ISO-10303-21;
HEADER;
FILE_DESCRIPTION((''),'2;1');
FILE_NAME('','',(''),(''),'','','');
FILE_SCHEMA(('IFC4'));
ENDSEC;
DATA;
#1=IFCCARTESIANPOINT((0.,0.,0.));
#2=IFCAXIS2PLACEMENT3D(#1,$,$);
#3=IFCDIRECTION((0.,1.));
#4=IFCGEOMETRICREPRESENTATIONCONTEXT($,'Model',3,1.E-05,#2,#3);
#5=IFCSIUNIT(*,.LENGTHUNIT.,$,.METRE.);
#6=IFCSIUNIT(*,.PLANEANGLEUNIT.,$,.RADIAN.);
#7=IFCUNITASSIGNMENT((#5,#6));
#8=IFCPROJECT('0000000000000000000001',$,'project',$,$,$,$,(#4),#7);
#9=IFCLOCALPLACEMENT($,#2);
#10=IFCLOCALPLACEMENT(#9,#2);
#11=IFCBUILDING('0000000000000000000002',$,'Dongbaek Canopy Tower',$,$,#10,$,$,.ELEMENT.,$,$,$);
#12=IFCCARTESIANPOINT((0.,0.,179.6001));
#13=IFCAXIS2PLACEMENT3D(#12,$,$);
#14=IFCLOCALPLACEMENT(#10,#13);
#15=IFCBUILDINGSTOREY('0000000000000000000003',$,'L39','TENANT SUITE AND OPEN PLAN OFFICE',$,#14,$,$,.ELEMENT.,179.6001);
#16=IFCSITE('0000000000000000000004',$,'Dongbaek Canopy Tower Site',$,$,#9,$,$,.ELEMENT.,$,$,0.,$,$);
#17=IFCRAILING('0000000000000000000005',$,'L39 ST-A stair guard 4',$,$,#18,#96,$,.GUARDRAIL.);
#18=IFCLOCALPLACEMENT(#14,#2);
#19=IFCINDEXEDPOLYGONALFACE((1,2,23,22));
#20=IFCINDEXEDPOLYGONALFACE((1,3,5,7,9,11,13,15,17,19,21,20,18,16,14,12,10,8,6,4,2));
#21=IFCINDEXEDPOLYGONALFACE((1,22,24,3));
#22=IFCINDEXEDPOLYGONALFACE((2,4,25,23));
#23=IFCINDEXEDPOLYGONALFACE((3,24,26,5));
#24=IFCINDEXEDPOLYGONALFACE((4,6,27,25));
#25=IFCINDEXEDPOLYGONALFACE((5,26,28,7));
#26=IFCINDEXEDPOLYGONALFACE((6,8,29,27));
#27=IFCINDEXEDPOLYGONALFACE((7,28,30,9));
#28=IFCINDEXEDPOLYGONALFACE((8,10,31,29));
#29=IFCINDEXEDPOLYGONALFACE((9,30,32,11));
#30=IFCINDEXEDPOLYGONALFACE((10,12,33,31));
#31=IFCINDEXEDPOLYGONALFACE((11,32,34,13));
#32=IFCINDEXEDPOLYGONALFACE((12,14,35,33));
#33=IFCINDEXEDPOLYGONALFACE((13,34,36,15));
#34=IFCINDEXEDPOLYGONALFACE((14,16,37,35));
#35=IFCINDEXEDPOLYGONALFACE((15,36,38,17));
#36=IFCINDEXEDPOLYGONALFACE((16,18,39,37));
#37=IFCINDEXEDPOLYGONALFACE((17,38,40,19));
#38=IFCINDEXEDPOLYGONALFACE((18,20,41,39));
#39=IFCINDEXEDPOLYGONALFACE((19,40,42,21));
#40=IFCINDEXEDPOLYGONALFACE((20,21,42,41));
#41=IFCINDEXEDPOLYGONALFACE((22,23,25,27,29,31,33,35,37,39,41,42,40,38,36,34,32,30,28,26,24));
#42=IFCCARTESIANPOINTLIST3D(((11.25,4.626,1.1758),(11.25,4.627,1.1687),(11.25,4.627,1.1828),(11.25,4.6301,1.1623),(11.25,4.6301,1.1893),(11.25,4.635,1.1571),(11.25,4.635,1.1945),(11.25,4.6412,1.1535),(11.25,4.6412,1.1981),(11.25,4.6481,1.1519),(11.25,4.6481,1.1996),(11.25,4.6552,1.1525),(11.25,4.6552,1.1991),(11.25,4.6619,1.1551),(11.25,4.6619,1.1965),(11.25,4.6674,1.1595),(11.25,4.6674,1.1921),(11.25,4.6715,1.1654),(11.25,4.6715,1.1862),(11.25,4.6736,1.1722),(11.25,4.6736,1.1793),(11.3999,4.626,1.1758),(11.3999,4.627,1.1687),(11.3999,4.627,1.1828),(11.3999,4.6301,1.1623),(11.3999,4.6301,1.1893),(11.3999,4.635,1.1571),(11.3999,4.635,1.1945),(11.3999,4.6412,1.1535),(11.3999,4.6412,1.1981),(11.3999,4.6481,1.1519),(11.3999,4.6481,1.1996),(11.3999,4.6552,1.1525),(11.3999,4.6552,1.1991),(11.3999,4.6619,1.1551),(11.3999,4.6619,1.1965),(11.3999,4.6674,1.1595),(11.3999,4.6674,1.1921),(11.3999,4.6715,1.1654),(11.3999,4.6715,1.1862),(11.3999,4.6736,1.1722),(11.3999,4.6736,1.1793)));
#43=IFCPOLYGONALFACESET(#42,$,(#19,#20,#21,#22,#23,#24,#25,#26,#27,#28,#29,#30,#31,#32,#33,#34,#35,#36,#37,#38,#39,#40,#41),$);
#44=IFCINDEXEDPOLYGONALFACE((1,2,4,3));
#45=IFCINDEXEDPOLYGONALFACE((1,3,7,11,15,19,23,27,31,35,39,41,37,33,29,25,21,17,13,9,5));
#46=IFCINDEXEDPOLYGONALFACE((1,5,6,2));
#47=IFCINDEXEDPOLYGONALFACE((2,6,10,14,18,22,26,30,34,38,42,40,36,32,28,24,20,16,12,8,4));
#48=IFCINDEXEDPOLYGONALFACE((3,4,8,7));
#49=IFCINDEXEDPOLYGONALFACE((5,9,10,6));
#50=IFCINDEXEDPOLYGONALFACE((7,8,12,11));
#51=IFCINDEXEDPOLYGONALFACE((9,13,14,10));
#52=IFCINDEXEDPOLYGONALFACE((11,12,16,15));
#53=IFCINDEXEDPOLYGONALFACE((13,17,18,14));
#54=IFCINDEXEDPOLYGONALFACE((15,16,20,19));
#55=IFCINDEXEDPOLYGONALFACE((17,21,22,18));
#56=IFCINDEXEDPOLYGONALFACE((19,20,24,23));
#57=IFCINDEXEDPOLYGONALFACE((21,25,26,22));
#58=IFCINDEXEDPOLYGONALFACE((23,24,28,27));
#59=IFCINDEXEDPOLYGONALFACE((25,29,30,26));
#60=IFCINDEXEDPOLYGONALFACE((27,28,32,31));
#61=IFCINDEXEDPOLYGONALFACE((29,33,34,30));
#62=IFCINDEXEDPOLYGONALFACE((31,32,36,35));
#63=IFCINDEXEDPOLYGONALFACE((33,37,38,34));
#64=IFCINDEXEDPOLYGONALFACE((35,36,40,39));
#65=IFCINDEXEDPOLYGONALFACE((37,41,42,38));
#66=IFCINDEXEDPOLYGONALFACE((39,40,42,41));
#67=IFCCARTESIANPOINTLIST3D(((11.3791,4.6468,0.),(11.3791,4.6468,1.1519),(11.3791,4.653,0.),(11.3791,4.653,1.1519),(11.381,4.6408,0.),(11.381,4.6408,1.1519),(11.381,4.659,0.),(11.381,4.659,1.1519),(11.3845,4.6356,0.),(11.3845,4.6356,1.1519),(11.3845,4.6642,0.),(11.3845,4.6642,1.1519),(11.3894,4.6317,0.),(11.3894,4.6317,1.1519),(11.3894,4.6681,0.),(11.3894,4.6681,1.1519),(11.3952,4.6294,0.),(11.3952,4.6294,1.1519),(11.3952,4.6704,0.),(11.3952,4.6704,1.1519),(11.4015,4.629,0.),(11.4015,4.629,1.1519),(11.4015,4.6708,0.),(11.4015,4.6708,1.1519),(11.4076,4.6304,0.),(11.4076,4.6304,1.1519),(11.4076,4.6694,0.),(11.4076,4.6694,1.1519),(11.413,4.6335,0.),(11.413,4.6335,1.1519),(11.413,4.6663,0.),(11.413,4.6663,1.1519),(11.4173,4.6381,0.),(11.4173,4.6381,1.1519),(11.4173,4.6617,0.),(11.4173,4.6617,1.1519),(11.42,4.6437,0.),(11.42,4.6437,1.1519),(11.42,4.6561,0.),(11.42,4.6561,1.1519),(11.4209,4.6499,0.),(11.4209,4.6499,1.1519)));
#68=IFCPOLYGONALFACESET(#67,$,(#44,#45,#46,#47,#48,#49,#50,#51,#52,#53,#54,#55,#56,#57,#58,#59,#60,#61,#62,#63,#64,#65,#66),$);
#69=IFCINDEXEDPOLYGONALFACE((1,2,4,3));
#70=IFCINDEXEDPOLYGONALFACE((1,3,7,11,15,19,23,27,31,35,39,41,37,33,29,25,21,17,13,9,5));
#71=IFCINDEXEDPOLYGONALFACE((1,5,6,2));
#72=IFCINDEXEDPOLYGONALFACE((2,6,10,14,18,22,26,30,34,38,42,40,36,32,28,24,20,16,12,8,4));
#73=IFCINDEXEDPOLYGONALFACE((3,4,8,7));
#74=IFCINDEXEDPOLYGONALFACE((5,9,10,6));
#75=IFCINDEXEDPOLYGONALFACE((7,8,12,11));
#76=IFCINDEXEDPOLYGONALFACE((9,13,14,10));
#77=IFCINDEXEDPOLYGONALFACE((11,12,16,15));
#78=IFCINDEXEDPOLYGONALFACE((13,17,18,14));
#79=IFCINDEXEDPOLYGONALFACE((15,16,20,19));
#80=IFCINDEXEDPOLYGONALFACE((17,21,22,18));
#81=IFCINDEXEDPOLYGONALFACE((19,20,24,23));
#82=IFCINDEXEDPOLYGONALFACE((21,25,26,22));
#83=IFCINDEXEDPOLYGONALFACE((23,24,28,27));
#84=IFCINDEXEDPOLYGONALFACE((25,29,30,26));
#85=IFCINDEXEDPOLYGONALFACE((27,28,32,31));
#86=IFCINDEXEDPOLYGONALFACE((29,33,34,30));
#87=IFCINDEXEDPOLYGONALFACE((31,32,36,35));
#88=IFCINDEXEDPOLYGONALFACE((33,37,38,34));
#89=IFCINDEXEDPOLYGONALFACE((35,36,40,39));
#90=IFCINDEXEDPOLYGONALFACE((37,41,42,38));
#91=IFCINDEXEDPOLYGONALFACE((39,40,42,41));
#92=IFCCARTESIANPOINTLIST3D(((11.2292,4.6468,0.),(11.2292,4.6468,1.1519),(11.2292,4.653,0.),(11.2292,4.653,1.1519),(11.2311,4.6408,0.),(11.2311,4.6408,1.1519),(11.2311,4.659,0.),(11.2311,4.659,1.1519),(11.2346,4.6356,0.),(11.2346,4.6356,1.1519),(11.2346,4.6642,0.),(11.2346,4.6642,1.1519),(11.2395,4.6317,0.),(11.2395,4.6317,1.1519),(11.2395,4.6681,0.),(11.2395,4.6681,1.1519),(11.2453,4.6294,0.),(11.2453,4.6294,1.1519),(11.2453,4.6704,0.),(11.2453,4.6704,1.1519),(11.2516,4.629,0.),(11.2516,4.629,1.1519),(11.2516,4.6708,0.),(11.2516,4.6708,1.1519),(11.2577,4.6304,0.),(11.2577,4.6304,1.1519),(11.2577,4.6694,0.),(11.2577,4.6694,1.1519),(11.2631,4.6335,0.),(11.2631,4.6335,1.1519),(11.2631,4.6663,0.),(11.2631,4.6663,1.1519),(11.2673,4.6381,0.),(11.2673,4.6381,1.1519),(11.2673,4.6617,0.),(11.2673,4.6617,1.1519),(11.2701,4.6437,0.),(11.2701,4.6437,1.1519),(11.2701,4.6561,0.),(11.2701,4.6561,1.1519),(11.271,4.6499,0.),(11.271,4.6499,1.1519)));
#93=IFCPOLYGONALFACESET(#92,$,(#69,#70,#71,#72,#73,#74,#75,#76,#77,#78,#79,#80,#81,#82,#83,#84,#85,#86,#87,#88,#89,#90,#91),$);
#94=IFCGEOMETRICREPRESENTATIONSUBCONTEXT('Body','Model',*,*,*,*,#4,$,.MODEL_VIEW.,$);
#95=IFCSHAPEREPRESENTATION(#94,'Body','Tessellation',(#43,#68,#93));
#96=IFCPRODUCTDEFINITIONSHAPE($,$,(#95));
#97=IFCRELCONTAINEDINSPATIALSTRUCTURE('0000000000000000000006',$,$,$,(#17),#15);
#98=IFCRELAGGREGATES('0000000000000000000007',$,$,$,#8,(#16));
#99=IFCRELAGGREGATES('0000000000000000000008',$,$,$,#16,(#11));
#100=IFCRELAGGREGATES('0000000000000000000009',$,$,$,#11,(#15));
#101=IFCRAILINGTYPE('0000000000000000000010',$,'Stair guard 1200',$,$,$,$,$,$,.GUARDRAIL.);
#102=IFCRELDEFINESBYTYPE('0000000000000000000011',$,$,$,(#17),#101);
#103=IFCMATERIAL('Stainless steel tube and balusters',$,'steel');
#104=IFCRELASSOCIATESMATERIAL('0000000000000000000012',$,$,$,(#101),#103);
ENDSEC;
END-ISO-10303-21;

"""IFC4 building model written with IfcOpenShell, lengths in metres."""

from ifc_helpers import new_model, si_unit, direction, frame, origin, origin_2d, place, context, subcontext, project, spatial, circle, extrude, material, type_object, element, save


model = new_model("IFC4")

# Units and contexts
model_context = context("Model", 3, precision=1e-05, world=origin(), true_north=direction((0.0, 1.0)))
body_context = subcontext(model_context, "Body", "Model", "MODEL_VIEW")
ifc_project = project(units=[si_unit("LENGTHUNIT", "METRE"), si_unit("PLANEANGLEUNIT", "RADIAN")], contexts=[model_context])

# Site, building, storey
site_placement = place(None, origin())
site = spatial("IfcSite", under=ifc_project, at=site_placement, Name="Dongbaek Canopy Tower Site", CompositionType="ELEMENT", RefElevation=0.0)
building_placement = place(site_placement, origin())
building = spatial("IfcBuilding", under=site, at=building_placement, Name="Dongbaek Canopy Tower", CompositionType="ELEMENT")
storey_placement = place(building_placement, frame((0.0, 0.0, 179.6001)))
storey = spatial("IfcBuildingStorey", under=building, at=storey_placement, Name="L39", Description="TENANT SUITE AND OPEN PLAN OFFICE", CompositionType="ELEMENT", Elevation=179.6001)

# Railing
ifc_material_1 = material(Name="Stainless steel tube and balusters", Category="steel")
railing_type_1 = type_object("IfcRailingType", Name="Stair guard 1200", PredefinedType="GUARDRAIL", material=ifc_material_1)
railing_1_placement = place(storey_placement, frame((11.3999, 4.6499, 0.0)))
element("IfcRailing", 1, at=railing_1_placement, inside=storey, type_object=railing_type_1, Name="L39 ST-A stair guard 4", PredefinedType="GUARDRAIL", context=body_context, shape_type="SweptSolid", body=[
    extrude(circle(Radius=0.0239, at=origin_2d()), frame((0.0, 0.0, 1.1758), z_axis=(-1.0, 0.0, 0.0), x_axis=(0.0, -1.0, 0.0)), (0.0, 0.0, 1.0), 0.1499),
    extrude(circle(Radius=0.021, at=origin_2d()), origin(), (0.0, 0.0, 1.0), 1.1519),
    extrude(circle(Radius=0.021, at=origin_2d()), frame((-0.1499, 0.0, 0.0)), (0.0, 0.0, 1.0), 1.1519),
])

save(model, "model.ifc")
